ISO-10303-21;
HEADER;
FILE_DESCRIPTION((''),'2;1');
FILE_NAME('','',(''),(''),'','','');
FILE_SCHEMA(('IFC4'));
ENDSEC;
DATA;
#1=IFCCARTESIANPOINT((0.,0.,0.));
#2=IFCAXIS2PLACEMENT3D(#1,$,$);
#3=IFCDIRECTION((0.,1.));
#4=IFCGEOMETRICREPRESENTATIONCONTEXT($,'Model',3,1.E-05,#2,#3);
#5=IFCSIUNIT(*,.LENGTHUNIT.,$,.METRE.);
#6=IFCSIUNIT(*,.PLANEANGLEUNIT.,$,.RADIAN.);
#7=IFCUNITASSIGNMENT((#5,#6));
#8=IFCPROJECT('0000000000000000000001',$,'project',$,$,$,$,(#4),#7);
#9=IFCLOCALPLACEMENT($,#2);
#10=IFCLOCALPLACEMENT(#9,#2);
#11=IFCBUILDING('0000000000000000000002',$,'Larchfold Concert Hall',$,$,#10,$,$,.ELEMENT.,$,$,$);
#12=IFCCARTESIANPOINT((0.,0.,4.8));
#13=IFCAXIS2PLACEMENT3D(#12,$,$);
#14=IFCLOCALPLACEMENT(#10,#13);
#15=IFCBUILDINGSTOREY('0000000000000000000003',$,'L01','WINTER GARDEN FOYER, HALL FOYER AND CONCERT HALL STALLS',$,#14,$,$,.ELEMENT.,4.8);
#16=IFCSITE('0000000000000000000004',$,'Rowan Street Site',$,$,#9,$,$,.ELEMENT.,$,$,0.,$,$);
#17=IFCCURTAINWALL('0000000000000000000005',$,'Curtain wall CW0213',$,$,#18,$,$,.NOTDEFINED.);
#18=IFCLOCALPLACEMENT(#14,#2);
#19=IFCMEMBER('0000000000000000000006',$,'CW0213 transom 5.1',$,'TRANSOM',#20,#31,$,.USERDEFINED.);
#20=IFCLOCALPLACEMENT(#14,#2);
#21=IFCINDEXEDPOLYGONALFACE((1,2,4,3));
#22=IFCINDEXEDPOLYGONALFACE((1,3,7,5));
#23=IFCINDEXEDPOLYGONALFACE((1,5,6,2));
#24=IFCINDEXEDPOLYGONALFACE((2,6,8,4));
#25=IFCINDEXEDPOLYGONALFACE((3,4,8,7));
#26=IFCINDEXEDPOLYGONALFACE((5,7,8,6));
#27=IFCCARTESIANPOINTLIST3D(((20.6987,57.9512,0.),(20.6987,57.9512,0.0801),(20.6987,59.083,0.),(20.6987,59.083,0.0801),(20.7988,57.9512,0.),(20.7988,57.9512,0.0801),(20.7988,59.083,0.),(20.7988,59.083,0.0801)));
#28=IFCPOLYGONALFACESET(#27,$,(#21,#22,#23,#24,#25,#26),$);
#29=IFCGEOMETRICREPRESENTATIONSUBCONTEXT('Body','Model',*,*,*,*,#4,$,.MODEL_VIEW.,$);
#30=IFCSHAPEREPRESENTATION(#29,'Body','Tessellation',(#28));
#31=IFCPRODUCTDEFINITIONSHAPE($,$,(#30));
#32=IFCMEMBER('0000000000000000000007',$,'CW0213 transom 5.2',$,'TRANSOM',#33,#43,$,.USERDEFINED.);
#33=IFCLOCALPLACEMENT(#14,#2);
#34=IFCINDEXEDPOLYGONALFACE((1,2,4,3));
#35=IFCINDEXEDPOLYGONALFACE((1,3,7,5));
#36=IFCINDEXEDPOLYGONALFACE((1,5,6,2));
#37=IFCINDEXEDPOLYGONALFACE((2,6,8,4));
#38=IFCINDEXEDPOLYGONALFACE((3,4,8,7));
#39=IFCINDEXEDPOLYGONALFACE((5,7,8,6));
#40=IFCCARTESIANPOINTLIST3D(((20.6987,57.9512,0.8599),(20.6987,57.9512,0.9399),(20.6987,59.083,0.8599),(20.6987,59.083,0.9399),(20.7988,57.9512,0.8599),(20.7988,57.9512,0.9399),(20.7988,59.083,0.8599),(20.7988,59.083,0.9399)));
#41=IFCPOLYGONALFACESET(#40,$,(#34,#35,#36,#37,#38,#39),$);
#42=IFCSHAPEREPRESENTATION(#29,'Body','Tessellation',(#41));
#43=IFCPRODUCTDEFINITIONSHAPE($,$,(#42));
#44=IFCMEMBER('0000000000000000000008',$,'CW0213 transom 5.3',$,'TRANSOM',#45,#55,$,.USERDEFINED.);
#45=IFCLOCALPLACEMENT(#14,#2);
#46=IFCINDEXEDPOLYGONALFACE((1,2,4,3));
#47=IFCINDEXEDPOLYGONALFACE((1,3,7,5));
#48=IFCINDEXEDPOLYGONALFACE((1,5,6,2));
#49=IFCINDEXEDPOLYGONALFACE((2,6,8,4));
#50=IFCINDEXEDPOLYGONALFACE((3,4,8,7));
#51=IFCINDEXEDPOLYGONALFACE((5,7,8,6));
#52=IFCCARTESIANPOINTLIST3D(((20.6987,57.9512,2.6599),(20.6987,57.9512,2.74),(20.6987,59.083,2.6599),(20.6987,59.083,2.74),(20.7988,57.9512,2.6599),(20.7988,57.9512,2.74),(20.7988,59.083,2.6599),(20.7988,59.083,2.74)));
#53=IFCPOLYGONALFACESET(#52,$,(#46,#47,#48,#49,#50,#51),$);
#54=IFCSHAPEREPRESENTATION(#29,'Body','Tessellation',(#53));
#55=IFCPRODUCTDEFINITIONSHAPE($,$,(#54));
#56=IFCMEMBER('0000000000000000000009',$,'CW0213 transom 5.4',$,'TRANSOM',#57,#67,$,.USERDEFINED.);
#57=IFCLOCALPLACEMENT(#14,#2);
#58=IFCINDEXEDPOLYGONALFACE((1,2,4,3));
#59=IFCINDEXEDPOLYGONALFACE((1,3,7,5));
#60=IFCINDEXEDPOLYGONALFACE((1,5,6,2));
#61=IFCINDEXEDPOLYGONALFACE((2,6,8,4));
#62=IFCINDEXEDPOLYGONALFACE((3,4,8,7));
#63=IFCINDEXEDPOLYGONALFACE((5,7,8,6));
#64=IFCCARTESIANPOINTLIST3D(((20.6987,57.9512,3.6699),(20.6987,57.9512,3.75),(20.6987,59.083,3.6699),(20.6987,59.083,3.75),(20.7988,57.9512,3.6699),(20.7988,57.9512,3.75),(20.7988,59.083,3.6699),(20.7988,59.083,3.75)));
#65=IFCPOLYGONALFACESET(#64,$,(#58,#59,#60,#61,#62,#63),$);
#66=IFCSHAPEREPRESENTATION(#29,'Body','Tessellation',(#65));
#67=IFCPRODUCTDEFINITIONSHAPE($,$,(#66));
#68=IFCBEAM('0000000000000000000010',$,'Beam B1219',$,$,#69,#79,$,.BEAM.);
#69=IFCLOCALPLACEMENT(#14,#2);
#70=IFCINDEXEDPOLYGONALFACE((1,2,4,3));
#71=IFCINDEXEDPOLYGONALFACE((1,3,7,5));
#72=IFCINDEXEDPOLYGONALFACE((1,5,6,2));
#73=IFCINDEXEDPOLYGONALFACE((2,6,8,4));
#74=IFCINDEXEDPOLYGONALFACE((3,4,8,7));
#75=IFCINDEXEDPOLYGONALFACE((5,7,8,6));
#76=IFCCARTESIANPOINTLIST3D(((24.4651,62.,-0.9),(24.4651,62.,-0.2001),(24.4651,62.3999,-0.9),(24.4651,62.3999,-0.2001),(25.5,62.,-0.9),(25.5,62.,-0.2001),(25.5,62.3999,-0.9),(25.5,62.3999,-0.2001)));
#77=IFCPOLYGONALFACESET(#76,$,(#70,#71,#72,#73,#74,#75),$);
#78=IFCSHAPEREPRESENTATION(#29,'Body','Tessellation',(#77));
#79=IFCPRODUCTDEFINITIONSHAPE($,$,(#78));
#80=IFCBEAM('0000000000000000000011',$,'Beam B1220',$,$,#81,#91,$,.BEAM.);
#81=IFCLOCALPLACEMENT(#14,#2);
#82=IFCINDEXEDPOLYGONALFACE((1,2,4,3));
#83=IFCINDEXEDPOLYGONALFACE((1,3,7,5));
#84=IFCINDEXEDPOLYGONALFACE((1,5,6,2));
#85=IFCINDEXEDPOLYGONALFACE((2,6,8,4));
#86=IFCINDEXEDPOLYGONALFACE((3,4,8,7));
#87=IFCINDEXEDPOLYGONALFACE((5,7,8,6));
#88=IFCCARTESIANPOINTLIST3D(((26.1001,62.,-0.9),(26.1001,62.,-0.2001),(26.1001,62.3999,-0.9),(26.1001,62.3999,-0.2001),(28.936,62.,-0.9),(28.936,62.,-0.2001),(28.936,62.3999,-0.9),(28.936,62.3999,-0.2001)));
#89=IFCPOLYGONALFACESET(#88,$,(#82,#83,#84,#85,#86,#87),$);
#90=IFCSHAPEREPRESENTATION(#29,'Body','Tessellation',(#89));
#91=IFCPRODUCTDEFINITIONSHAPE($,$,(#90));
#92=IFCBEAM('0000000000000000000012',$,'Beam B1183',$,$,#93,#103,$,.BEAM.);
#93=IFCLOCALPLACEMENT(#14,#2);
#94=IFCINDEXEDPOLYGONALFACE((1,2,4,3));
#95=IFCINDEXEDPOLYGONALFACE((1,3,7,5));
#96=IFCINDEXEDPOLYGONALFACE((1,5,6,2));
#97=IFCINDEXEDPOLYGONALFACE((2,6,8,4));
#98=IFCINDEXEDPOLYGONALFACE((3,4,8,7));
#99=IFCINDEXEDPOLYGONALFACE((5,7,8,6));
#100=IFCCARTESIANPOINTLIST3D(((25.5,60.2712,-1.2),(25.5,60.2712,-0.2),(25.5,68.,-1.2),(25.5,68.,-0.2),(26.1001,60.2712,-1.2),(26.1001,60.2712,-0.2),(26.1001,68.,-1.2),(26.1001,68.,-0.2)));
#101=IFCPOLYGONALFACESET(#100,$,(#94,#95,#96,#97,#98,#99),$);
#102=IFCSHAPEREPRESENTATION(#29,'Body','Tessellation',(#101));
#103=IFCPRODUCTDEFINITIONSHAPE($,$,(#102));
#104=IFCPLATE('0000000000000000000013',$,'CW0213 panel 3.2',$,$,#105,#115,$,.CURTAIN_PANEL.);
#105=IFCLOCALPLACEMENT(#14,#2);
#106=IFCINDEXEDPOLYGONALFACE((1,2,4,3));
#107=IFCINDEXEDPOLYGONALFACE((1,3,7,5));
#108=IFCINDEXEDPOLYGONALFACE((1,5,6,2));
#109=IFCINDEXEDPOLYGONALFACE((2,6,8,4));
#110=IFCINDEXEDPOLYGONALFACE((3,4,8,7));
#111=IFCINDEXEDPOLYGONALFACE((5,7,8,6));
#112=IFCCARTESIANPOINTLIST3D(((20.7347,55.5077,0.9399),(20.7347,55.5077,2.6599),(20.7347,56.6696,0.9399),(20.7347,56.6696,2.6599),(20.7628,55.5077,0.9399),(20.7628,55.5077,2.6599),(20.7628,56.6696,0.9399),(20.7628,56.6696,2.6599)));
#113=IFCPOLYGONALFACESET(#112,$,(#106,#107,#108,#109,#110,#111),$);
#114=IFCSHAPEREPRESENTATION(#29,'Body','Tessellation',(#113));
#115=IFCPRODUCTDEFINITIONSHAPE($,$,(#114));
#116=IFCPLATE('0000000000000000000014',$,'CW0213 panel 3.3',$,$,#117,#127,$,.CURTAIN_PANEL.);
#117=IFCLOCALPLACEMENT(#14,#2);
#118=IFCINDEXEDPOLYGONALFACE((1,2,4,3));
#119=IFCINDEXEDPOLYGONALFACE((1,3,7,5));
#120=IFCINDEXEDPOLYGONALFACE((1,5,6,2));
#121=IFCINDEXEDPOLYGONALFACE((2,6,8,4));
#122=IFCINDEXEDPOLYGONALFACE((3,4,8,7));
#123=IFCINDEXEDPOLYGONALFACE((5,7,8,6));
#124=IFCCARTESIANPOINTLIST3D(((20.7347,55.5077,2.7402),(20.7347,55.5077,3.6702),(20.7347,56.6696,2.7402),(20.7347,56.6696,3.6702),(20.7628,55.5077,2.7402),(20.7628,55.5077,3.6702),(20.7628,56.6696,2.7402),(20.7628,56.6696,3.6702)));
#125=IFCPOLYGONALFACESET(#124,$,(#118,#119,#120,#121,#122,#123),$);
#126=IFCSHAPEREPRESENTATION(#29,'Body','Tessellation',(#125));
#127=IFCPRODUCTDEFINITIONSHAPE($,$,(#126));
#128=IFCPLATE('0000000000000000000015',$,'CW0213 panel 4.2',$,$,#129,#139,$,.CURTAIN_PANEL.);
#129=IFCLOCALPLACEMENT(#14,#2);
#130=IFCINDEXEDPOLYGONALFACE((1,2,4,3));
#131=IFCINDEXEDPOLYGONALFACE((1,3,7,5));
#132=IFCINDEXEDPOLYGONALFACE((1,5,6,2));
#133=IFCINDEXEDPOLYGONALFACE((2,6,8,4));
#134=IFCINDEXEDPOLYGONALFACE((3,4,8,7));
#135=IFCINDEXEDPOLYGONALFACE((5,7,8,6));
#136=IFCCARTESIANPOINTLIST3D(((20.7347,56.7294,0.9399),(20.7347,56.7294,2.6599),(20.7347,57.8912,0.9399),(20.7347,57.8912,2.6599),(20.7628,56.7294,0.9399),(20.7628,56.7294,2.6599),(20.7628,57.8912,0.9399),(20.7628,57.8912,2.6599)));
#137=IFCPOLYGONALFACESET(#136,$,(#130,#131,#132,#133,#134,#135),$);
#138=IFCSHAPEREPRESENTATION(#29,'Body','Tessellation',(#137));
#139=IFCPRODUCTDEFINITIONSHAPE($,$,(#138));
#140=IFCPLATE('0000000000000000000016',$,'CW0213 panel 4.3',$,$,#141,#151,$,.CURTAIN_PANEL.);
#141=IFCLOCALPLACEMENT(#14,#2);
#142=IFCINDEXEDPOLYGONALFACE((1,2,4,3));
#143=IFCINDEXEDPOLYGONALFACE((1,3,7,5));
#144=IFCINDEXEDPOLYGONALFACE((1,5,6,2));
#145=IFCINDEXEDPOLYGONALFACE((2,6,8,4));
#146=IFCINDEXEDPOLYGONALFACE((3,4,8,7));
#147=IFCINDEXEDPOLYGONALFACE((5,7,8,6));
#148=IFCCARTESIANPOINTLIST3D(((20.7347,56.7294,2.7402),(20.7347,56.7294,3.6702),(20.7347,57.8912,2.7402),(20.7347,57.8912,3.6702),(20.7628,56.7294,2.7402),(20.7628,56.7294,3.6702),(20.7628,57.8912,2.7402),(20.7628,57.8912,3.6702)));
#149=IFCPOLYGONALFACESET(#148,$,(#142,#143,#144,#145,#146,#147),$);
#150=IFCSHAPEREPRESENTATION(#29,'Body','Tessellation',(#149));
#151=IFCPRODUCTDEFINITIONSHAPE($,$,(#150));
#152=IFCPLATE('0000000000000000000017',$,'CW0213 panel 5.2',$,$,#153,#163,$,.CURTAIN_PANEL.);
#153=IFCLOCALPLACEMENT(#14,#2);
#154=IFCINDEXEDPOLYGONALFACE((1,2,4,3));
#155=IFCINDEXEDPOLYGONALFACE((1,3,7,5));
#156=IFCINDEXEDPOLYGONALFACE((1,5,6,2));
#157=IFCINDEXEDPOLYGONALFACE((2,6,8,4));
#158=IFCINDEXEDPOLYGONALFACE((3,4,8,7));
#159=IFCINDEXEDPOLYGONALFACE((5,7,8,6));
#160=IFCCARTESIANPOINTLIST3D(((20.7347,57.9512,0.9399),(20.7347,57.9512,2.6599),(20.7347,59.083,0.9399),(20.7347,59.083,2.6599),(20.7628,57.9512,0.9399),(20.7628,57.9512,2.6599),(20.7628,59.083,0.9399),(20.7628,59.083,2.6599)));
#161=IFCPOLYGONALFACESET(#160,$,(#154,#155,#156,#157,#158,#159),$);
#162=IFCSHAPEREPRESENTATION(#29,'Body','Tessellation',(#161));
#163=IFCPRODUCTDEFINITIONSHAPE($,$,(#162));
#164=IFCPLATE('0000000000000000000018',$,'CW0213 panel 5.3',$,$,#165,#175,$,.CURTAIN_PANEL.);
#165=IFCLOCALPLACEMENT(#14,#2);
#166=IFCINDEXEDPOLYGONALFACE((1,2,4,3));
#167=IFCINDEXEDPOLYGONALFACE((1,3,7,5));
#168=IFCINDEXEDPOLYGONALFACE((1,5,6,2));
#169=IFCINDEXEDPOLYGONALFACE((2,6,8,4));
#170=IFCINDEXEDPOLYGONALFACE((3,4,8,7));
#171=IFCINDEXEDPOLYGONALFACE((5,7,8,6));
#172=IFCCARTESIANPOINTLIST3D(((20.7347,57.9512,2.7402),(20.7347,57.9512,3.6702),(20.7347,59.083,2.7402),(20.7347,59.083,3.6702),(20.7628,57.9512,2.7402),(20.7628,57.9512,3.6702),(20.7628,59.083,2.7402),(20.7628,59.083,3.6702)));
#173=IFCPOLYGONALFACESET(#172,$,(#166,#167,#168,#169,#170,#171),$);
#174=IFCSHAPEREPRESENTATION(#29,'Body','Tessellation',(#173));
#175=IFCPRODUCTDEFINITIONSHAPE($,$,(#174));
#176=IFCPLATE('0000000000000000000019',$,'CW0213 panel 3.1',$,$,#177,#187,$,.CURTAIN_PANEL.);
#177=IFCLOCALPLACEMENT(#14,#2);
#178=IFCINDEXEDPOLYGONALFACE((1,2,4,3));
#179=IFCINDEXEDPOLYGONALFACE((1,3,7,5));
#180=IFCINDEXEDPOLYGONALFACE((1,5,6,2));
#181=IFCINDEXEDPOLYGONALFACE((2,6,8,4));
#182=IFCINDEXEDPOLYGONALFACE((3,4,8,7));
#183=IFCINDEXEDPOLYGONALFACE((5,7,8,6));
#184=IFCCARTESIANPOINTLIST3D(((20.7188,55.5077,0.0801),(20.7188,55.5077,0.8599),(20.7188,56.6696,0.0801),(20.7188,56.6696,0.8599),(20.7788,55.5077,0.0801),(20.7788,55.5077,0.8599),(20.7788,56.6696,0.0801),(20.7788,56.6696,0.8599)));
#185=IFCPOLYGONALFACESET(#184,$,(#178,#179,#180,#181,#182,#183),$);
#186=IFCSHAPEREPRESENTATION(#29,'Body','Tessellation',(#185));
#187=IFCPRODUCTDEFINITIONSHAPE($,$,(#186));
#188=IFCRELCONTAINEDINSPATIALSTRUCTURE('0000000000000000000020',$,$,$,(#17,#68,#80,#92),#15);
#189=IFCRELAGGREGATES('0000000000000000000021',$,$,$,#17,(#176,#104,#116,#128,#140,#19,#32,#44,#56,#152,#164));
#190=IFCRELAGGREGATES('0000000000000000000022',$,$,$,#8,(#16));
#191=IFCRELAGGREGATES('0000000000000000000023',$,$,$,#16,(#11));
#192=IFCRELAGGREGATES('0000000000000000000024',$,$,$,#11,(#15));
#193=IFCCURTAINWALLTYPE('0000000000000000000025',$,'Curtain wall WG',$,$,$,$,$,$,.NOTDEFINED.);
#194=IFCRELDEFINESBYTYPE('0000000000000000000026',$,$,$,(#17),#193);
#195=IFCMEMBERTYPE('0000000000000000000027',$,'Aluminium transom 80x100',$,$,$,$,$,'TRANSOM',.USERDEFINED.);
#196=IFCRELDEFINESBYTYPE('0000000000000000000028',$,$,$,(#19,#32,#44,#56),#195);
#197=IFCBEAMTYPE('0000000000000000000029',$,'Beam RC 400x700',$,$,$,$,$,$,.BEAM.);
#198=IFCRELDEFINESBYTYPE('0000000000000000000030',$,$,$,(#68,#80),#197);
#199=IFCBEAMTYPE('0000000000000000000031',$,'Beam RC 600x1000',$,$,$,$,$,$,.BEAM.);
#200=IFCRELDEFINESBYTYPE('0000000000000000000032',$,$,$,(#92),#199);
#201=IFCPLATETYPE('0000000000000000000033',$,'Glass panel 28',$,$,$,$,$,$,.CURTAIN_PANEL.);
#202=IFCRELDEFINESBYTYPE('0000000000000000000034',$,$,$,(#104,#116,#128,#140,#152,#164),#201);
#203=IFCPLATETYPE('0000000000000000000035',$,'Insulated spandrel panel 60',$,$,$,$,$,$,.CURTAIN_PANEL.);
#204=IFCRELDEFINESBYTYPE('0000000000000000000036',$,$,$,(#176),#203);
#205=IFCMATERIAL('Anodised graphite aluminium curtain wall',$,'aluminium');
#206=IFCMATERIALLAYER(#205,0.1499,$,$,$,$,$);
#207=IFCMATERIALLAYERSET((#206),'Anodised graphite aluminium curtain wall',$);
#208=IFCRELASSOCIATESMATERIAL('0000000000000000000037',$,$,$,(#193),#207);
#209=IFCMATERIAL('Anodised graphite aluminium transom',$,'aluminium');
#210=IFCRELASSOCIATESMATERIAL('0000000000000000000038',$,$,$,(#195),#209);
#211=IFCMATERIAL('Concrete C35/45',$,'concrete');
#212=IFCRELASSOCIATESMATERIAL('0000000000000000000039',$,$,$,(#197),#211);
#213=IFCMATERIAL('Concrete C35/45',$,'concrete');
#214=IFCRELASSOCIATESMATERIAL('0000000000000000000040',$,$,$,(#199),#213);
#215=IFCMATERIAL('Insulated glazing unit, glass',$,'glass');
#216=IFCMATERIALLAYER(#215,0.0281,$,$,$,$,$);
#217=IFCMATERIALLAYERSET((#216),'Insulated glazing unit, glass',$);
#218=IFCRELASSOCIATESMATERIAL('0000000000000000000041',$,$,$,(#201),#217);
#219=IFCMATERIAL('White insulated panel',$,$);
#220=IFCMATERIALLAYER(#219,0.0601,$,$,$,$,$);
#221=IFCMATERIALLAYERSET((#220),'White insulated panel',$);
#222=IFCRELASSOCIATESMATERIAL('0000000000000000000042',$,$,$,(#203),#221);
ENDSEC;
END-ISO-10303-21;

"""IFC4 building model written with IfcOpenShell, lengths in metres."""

from ifc_helpers import new_model, si_unit, direction, frame, origin, origin_2d, place, context, subcontext, project, spatial, rectangle, extrude, material, layer, layer_set, material_profile, profile_set, type_object, element, aggregate, save


model = new_model("IFC4")

# Units and contexts
model_context = context("Model", 3, precision=1e-05, world=origin(), true_north=direction((0.0, 1.0)))
body_context = subcontext(model_context, "Body", "Model", "MODEL_VIEW")
ifc_project = project(units=[si_unit("LENGTHUNIT", "METRE"), si_unit("PLANEANGLEUNIT", "RADIAN")], contexts=[model_context])

# Site, building, storey
site_placement = place(None, origin())
site = spatial("IfcSite", under=ifc_project, at=site_placement, Name="Rowan Street Site", CompositionType="ELEMENT", RefElevation=0.0)
building_placement = place(site_placement, origin())
building = spatial("IfcBuilding", under=site, at=building_placement, Name="Larchfold Concert Hall", CompositionType="ELEMENT")
storey_placement = place(building_placement, frame((0.0, 0.0, 4.8)))
storey = spatial("IfcBuildingStorey", under=building, at=storey_placement, Name="L01", Description="WINTER GARDEN FOYER, HALL FOYER AND CONCERT HALL STALLS", CompositionType="ELEMENT", Elevation=4.8)

# Shared definitions
ifc_material_1 = material(Name="Anodised graphite aluminium curtain wall", Category="aluminium")
ifc_layer_1 = layer(ifc_material_1, 0.1499)
ifc_layer_set_1 = layer_set([ifc_layer_1], Name="Anodised graphite aluminium curtain wall")
curtain_wall_type = type_object("IfcCurtainWallType", Name="Curtain wall WG", PredefinedType="NOTDEFINED", material=ifc_layer_set_1)

# Curtain wall
curtain_wall_1_placement = place(storey_placement, origin())
curtain_wall_1 = element("IfcCurtainWall", 1, at=curtain_wall_1_placement, inside=storey, type_object=curtain_wall_type, Name="Curtain wall CW0213", PredefinedType="NOTDEFINED")

# Members
ifc_material_2 = material(Name="Anodised graphite aluminium transom", Category="aluminium")
ifc_material_profile_1 = material_profile(ifc_material_2, rectangle(XDim=0.1001, YDim=0.0801, at=origin_2d()))
ifc_profile_set_1 = profile_set([ifc_material_profile_1], Name="Anodised graphite aluminium transom")
member_type_1 = type_object("IfcMemberType", Name="Aluminium transom 80x100", ElementType="TRANSOM", PredefinedType="USERDEFINED", material=ifc_profile_set_1)
member_1_placement = place(storey_placement, frame((20.7488, 57.9512, 0.04), z_axis=(0.0, 1.0, 0.0), x_axis=(-1.0, 0.0, 0.0)))
member_1 = element("IfcMember", 2, at=member_1_placement, type_object=member_type_1, Name="CW0213 transom 5.1", ObjectType="TRANSOM", PredefinedType="USERDEFINED", context=body_context, shape_type="SweptSolid", body=[
    extrude(rectangle(XDim=0.1001, YDim=0.0801, at=origin_2d()), origin(), (0.0, 0.0, 1.0), 1.1318),
])
member_2_placement = place(storey_placement, frame((20.7488, 57.9512, 0.8999), z_axis=(0.0, 1.0, 0.0), x_axis=(-1.0, 0.0, 0.0)))
member_2 = element("IfcMember", 3, at=member_2_placement, type_object=member_type_1, Name="CW0213 transom 5.2", ObjectType="TRANSOM", PredefinedType="USERDEFINED", context=body_context, shape_type="SweptSolid", body=[
    extrude(rectangle(XDim=0.1001, YDim=0.0801, at=origin_2d()), origin(), (0.0, 0.0, 1.0), 1.1318),
])
member_3_placement = place(storey_placement, frame((20.7488, 57.9512, 2.7), z_axis=(0.0, 1.0, 0.0), x_axis=(-1.0, 0.0, 0.0)))
member_3 = element("IfcMember", 4, at=member_3_placement, type_object=member_type_1, Name="CW0213 transom 5.3", ObjectType="TRANSOM", PredefinedType="USERDEFINED", context=body_context, shape_type="SweptSolid", body=[
    extrude(rectangle(XDim=0.1001, YDim=0.0801, at=origin_2d()), origin(), (0.0, 0.0, 1.0), 1.1318),
])
member_4_placement = place(storey_placement, frame((20.7488, 57.9512, 3.71), z_axis=(0.0, 1.0, 0.0), x_axis=(-1.0, 0.0, 0.0)))
member_4 = element("IfcMember", 5, at=member_4_placement, type_object=member_type_1, Name="CW0213 transom 5.4", ObjectType="TRANSOM", PredefinedType="USERDEFINED", context=body_context, shape_type="SweptSolid", body=[
    extrude(rectangle(XDim=0.1001, YDim=0.0801, at=origin_2d()), origin(), (0.0, 0.0, 1.0), 1.1318),
])

# Beams
ifc_material_3 = material(Name="Concrete C35/45", Category="concrete")
ifc_material_profile_2 = material_profile(ifc_material_3, rectangle(XDim=0.3999, YDim=0.7, at=origin_2d()))
ifc_profile_set_2 = profile_set([ifc_material_profile_2], Name="Concrete C35/45")
beam_type_1 = type_object("IfcBeamType", Name="Beam RC 400x700", PredefinedType="BEAM", material=ifc_profile_set_2)
beam_1_placement = place(storey_placement, frame((24.4651, 62.2, -0.55), z_axis=(1.0, 0.0, 0.0), x_axis=(0.0, 1.0, 0.0)))
element("IfcBeam", 6, at=beam_1_placement, inside=storey, type_object=beam_type_1, Name="Beam B1219", PredefinedType="BEAM", context=body_context, shape_type="SweptSolid", body=[
    extrude(rectangle(XDim=0.3999, YDim=0.7, at=origin_2d()), origin(), (0.0, 0.0, 1.0), 1.0349),
])
beam_2_placement = place(storey_placement, frame((26.1001, 62.2, -0.55), z_axis=(1.0, 0.0, 0.0), x_axis=(0.0, 1.0, 0.0)))
element("IfcBeam", 7, at=beam_2_placement, inside=storey, type_object=beam_type_1, Name="Beam B1220", PredefinedType="BEAM", context=body_context, shape_type="SweptSolid", body=[
    extrude(rectangle(XDim=0.3999, YDim=0.7, at=origin_2d()), origin(), (0.0, 0.0, 1.0), 2.8359),
])
ifc_material_4 = material(Name="Concrete C35/45", Category="concrete")
ifc_material_profile_3 = material_profile(ifc_material_4, rectangle(XDim=0.6001, YDim=1.0, at=origin_2d()))
ifc_profile_set_3 = profile_set([ifc_material_profile_3], Name="Concrete C35/45")
beam_type_2 = type_object("IfcBeamType", Name="Beam RC 600x1000", PredefinedType="BEAM", material=ifc_profile_set_3)
beam_3_placement = place(storey_placement, frame((25.8, 60.2712, -0.7), z_axis=(0.0, 1.0, 0.0), x_axis=(-1.0, 0.0, 0.0)))
element("IfcBeam", 8, at=beam_3_placement, inside=storey, type_object=beam_type_2, Name="Beam B1183", PredefinedType="BEAM", context=body_context, shape_type="SweptSolid", body=[
    extrude(rectangle(XDim=0.6001, YDim=1.0, at=origin_2d()), origin(), (0.0, 0.0, 1.0), 7.7288),
])

# Plates
ifc_material_5 = material(Name="Insulated glazing unit, glass", Category="glass")
ifc_layer_2 = layer(ifc_material_5, 0.0281)
ifc_layer_set_2 = layer_set([ifc_layer_2], Name="Insulated glazing unit, glass")
plate_type_1 = type_object("IfcPlateType", Name="Glass panel 28", PredefinedType="CURTAIN_PANEL", material=ifc_layer_set_2)
plate_1_placement = place(storey_placement, frame((20.7488, 56.0886, 0.9399), z_axis=(0.0, 0.0, 1.0), x_axis=(0.0, 1.0, 0.0)))
plate_1 = element("IfcPlate", 9, at=plate_1_placement, type_object=plate_type_1, Name="CW0213 panel 3.2", PredefinedType="CURTAIN_PANEL", context=body_context, shape_type="SweptSolid", body=[
    extrude(rectangle(XDim=1.1619, YDim=0.0281, at=origin_2d()), origin(), (0.0, 0.0, 1.0), 1.72),
])
plate_2_placement = place(storey_placement, frame((20.7488, 56.0886, 2.7402), z_axis=(0.0, 0.0, 1.0), x_axis=(0.0, 1.0, 0.0)))
plate_2 = element("IfcPlate", 10, at=plate_2_placement, type_object=plate_type_1, Name="CW0213 panel 3.3", PredefinedType="CURTAIN_PANEL", context=body_context, shape_type="SweptSolid", body=[
    extrude(rectangle(XDim=1.1619, YDim=0.0281, at=origin_2d()), origin(), (0.0, 0.0, 1.0), 0.9299),
])
plate_3_placement = place(storey_placement, frame((20.7488, 57.3103, 0.9399), z_axis=(0.0, 0.0, 1.0), x_axis=(0.0, 1.0, 0.0)))
plate_3 = element("IfcPlate", 11, at=plate_3_placement, type_object=plate_type_1, Name="CW0213 panel 4.2", PredefinedType="CURTAIN_PANEL", context=body_context, shape_type="SweptSolid", body=[
    extrude(rectangle(XDim=1.1619, YDim=0.0281, at=origin_2d()), origin(), (0.0, 0.0, 1.0), 1.72),
])
plate_4_placement = place(storey_placement, frame((20.7488, 57.3103, 2.7402), z_axis=(0.0, 0.0, 1.0), x_axis=(0.0, 1.0, 0.0)))
plate_4 = element("IfcPlate", 12, at=plate_4_placement, type_object=plate_type_1, Name="CW0213 panel 4.3", PredefinedType="CURTAIN_PANEL", context=body_context, shape_type="SweptSolid", body=[
    extrude(rectangle(XDim=1.1619, YDim=0.0281, at=origin_2d()), origin(), (0.0, 0.0, 1.0), 0.9299),
])
plate_5_placement = place(storey_placement, frame((20.7488, 58.5171, 0.9399), z_axis=(0.0, 0.0, 1.0), x_axis=(0.0, 1.0, 0.0)))
plate_5 = element("IfcPlate", 13, at=plate_5_placement, type_object=plate_type_1, Name="CW0213 panel 5.2", PredefinedType="CURTAIN_PANEL", context=body_context, shape_type="SweptSolid", body=[
    extrude(rectangle(XDim=1.1318, YDim=0.0281, at=origin_2d()), origin(), (0.0, 0.0, 1.0), 1.72),
])
plate_6_placement = place(storey_placement, frame((20.7488, 58.5171, 2.7402), z_axis=(0.0, 0.0, 1.0), x_axis=(0.0, 1.0, 0.0)))
plate_6 = element("IfcPlate", 14, at=plate_6_placement, type_object=plate_type_1, Name="CW0213 panel 5.3", PredefinedType="CURTAIN_PANEL", context=body_context, shape_type="SweptSolid", body=[
    extrude(rectangle(XDim=1.1318, YDim=0.0281, at=origin_2d()), origin(), (0.0, 0.0, 1.0), 0.9299),
])
ifc_material_6 = material(Name="White insulated panel")
ifc_layer_3 = layer(ifc_material_6, 0.0601)
ifc_layer_set_3 = layer_set([ifc_layer_3], Name="White insulated panel")
plate_type_2 = type_object("IfcPlateType", Name="Insulated spandrel panel 60", PredefinedType="CURTAIN_PANEL", material=ifc_layer_set_3)
plate_7_placement = place(storey_placement, frame((20.7488, 56.0886, 0.0801), z_axis=(0.0, 0.0, 1.0), x_axis=(0.0, 1.0, 0.0)))
plate_7 = element("IfcPlate", 15, at=plate_7_placement, type_object=plate_type_2, Name="CW0213 panel 3.1", PredefinedType="CURTAIN_PANEL", context=body_context, shape_type="SweptSolid", body=[
    extrude(rectangle(XDim=1.1619, YDim=0.0601, at=origin_2d()), origin(), (0.0, 0.0, 1.0), 0.7798),
])
aggregate(curtain_wall_1, [plate_7, plate_1, plate_2, plate_3, plate_4, member_1, member_2, member_3, member_4, plate_5, plate_6])

save(model, "model.ifc")
